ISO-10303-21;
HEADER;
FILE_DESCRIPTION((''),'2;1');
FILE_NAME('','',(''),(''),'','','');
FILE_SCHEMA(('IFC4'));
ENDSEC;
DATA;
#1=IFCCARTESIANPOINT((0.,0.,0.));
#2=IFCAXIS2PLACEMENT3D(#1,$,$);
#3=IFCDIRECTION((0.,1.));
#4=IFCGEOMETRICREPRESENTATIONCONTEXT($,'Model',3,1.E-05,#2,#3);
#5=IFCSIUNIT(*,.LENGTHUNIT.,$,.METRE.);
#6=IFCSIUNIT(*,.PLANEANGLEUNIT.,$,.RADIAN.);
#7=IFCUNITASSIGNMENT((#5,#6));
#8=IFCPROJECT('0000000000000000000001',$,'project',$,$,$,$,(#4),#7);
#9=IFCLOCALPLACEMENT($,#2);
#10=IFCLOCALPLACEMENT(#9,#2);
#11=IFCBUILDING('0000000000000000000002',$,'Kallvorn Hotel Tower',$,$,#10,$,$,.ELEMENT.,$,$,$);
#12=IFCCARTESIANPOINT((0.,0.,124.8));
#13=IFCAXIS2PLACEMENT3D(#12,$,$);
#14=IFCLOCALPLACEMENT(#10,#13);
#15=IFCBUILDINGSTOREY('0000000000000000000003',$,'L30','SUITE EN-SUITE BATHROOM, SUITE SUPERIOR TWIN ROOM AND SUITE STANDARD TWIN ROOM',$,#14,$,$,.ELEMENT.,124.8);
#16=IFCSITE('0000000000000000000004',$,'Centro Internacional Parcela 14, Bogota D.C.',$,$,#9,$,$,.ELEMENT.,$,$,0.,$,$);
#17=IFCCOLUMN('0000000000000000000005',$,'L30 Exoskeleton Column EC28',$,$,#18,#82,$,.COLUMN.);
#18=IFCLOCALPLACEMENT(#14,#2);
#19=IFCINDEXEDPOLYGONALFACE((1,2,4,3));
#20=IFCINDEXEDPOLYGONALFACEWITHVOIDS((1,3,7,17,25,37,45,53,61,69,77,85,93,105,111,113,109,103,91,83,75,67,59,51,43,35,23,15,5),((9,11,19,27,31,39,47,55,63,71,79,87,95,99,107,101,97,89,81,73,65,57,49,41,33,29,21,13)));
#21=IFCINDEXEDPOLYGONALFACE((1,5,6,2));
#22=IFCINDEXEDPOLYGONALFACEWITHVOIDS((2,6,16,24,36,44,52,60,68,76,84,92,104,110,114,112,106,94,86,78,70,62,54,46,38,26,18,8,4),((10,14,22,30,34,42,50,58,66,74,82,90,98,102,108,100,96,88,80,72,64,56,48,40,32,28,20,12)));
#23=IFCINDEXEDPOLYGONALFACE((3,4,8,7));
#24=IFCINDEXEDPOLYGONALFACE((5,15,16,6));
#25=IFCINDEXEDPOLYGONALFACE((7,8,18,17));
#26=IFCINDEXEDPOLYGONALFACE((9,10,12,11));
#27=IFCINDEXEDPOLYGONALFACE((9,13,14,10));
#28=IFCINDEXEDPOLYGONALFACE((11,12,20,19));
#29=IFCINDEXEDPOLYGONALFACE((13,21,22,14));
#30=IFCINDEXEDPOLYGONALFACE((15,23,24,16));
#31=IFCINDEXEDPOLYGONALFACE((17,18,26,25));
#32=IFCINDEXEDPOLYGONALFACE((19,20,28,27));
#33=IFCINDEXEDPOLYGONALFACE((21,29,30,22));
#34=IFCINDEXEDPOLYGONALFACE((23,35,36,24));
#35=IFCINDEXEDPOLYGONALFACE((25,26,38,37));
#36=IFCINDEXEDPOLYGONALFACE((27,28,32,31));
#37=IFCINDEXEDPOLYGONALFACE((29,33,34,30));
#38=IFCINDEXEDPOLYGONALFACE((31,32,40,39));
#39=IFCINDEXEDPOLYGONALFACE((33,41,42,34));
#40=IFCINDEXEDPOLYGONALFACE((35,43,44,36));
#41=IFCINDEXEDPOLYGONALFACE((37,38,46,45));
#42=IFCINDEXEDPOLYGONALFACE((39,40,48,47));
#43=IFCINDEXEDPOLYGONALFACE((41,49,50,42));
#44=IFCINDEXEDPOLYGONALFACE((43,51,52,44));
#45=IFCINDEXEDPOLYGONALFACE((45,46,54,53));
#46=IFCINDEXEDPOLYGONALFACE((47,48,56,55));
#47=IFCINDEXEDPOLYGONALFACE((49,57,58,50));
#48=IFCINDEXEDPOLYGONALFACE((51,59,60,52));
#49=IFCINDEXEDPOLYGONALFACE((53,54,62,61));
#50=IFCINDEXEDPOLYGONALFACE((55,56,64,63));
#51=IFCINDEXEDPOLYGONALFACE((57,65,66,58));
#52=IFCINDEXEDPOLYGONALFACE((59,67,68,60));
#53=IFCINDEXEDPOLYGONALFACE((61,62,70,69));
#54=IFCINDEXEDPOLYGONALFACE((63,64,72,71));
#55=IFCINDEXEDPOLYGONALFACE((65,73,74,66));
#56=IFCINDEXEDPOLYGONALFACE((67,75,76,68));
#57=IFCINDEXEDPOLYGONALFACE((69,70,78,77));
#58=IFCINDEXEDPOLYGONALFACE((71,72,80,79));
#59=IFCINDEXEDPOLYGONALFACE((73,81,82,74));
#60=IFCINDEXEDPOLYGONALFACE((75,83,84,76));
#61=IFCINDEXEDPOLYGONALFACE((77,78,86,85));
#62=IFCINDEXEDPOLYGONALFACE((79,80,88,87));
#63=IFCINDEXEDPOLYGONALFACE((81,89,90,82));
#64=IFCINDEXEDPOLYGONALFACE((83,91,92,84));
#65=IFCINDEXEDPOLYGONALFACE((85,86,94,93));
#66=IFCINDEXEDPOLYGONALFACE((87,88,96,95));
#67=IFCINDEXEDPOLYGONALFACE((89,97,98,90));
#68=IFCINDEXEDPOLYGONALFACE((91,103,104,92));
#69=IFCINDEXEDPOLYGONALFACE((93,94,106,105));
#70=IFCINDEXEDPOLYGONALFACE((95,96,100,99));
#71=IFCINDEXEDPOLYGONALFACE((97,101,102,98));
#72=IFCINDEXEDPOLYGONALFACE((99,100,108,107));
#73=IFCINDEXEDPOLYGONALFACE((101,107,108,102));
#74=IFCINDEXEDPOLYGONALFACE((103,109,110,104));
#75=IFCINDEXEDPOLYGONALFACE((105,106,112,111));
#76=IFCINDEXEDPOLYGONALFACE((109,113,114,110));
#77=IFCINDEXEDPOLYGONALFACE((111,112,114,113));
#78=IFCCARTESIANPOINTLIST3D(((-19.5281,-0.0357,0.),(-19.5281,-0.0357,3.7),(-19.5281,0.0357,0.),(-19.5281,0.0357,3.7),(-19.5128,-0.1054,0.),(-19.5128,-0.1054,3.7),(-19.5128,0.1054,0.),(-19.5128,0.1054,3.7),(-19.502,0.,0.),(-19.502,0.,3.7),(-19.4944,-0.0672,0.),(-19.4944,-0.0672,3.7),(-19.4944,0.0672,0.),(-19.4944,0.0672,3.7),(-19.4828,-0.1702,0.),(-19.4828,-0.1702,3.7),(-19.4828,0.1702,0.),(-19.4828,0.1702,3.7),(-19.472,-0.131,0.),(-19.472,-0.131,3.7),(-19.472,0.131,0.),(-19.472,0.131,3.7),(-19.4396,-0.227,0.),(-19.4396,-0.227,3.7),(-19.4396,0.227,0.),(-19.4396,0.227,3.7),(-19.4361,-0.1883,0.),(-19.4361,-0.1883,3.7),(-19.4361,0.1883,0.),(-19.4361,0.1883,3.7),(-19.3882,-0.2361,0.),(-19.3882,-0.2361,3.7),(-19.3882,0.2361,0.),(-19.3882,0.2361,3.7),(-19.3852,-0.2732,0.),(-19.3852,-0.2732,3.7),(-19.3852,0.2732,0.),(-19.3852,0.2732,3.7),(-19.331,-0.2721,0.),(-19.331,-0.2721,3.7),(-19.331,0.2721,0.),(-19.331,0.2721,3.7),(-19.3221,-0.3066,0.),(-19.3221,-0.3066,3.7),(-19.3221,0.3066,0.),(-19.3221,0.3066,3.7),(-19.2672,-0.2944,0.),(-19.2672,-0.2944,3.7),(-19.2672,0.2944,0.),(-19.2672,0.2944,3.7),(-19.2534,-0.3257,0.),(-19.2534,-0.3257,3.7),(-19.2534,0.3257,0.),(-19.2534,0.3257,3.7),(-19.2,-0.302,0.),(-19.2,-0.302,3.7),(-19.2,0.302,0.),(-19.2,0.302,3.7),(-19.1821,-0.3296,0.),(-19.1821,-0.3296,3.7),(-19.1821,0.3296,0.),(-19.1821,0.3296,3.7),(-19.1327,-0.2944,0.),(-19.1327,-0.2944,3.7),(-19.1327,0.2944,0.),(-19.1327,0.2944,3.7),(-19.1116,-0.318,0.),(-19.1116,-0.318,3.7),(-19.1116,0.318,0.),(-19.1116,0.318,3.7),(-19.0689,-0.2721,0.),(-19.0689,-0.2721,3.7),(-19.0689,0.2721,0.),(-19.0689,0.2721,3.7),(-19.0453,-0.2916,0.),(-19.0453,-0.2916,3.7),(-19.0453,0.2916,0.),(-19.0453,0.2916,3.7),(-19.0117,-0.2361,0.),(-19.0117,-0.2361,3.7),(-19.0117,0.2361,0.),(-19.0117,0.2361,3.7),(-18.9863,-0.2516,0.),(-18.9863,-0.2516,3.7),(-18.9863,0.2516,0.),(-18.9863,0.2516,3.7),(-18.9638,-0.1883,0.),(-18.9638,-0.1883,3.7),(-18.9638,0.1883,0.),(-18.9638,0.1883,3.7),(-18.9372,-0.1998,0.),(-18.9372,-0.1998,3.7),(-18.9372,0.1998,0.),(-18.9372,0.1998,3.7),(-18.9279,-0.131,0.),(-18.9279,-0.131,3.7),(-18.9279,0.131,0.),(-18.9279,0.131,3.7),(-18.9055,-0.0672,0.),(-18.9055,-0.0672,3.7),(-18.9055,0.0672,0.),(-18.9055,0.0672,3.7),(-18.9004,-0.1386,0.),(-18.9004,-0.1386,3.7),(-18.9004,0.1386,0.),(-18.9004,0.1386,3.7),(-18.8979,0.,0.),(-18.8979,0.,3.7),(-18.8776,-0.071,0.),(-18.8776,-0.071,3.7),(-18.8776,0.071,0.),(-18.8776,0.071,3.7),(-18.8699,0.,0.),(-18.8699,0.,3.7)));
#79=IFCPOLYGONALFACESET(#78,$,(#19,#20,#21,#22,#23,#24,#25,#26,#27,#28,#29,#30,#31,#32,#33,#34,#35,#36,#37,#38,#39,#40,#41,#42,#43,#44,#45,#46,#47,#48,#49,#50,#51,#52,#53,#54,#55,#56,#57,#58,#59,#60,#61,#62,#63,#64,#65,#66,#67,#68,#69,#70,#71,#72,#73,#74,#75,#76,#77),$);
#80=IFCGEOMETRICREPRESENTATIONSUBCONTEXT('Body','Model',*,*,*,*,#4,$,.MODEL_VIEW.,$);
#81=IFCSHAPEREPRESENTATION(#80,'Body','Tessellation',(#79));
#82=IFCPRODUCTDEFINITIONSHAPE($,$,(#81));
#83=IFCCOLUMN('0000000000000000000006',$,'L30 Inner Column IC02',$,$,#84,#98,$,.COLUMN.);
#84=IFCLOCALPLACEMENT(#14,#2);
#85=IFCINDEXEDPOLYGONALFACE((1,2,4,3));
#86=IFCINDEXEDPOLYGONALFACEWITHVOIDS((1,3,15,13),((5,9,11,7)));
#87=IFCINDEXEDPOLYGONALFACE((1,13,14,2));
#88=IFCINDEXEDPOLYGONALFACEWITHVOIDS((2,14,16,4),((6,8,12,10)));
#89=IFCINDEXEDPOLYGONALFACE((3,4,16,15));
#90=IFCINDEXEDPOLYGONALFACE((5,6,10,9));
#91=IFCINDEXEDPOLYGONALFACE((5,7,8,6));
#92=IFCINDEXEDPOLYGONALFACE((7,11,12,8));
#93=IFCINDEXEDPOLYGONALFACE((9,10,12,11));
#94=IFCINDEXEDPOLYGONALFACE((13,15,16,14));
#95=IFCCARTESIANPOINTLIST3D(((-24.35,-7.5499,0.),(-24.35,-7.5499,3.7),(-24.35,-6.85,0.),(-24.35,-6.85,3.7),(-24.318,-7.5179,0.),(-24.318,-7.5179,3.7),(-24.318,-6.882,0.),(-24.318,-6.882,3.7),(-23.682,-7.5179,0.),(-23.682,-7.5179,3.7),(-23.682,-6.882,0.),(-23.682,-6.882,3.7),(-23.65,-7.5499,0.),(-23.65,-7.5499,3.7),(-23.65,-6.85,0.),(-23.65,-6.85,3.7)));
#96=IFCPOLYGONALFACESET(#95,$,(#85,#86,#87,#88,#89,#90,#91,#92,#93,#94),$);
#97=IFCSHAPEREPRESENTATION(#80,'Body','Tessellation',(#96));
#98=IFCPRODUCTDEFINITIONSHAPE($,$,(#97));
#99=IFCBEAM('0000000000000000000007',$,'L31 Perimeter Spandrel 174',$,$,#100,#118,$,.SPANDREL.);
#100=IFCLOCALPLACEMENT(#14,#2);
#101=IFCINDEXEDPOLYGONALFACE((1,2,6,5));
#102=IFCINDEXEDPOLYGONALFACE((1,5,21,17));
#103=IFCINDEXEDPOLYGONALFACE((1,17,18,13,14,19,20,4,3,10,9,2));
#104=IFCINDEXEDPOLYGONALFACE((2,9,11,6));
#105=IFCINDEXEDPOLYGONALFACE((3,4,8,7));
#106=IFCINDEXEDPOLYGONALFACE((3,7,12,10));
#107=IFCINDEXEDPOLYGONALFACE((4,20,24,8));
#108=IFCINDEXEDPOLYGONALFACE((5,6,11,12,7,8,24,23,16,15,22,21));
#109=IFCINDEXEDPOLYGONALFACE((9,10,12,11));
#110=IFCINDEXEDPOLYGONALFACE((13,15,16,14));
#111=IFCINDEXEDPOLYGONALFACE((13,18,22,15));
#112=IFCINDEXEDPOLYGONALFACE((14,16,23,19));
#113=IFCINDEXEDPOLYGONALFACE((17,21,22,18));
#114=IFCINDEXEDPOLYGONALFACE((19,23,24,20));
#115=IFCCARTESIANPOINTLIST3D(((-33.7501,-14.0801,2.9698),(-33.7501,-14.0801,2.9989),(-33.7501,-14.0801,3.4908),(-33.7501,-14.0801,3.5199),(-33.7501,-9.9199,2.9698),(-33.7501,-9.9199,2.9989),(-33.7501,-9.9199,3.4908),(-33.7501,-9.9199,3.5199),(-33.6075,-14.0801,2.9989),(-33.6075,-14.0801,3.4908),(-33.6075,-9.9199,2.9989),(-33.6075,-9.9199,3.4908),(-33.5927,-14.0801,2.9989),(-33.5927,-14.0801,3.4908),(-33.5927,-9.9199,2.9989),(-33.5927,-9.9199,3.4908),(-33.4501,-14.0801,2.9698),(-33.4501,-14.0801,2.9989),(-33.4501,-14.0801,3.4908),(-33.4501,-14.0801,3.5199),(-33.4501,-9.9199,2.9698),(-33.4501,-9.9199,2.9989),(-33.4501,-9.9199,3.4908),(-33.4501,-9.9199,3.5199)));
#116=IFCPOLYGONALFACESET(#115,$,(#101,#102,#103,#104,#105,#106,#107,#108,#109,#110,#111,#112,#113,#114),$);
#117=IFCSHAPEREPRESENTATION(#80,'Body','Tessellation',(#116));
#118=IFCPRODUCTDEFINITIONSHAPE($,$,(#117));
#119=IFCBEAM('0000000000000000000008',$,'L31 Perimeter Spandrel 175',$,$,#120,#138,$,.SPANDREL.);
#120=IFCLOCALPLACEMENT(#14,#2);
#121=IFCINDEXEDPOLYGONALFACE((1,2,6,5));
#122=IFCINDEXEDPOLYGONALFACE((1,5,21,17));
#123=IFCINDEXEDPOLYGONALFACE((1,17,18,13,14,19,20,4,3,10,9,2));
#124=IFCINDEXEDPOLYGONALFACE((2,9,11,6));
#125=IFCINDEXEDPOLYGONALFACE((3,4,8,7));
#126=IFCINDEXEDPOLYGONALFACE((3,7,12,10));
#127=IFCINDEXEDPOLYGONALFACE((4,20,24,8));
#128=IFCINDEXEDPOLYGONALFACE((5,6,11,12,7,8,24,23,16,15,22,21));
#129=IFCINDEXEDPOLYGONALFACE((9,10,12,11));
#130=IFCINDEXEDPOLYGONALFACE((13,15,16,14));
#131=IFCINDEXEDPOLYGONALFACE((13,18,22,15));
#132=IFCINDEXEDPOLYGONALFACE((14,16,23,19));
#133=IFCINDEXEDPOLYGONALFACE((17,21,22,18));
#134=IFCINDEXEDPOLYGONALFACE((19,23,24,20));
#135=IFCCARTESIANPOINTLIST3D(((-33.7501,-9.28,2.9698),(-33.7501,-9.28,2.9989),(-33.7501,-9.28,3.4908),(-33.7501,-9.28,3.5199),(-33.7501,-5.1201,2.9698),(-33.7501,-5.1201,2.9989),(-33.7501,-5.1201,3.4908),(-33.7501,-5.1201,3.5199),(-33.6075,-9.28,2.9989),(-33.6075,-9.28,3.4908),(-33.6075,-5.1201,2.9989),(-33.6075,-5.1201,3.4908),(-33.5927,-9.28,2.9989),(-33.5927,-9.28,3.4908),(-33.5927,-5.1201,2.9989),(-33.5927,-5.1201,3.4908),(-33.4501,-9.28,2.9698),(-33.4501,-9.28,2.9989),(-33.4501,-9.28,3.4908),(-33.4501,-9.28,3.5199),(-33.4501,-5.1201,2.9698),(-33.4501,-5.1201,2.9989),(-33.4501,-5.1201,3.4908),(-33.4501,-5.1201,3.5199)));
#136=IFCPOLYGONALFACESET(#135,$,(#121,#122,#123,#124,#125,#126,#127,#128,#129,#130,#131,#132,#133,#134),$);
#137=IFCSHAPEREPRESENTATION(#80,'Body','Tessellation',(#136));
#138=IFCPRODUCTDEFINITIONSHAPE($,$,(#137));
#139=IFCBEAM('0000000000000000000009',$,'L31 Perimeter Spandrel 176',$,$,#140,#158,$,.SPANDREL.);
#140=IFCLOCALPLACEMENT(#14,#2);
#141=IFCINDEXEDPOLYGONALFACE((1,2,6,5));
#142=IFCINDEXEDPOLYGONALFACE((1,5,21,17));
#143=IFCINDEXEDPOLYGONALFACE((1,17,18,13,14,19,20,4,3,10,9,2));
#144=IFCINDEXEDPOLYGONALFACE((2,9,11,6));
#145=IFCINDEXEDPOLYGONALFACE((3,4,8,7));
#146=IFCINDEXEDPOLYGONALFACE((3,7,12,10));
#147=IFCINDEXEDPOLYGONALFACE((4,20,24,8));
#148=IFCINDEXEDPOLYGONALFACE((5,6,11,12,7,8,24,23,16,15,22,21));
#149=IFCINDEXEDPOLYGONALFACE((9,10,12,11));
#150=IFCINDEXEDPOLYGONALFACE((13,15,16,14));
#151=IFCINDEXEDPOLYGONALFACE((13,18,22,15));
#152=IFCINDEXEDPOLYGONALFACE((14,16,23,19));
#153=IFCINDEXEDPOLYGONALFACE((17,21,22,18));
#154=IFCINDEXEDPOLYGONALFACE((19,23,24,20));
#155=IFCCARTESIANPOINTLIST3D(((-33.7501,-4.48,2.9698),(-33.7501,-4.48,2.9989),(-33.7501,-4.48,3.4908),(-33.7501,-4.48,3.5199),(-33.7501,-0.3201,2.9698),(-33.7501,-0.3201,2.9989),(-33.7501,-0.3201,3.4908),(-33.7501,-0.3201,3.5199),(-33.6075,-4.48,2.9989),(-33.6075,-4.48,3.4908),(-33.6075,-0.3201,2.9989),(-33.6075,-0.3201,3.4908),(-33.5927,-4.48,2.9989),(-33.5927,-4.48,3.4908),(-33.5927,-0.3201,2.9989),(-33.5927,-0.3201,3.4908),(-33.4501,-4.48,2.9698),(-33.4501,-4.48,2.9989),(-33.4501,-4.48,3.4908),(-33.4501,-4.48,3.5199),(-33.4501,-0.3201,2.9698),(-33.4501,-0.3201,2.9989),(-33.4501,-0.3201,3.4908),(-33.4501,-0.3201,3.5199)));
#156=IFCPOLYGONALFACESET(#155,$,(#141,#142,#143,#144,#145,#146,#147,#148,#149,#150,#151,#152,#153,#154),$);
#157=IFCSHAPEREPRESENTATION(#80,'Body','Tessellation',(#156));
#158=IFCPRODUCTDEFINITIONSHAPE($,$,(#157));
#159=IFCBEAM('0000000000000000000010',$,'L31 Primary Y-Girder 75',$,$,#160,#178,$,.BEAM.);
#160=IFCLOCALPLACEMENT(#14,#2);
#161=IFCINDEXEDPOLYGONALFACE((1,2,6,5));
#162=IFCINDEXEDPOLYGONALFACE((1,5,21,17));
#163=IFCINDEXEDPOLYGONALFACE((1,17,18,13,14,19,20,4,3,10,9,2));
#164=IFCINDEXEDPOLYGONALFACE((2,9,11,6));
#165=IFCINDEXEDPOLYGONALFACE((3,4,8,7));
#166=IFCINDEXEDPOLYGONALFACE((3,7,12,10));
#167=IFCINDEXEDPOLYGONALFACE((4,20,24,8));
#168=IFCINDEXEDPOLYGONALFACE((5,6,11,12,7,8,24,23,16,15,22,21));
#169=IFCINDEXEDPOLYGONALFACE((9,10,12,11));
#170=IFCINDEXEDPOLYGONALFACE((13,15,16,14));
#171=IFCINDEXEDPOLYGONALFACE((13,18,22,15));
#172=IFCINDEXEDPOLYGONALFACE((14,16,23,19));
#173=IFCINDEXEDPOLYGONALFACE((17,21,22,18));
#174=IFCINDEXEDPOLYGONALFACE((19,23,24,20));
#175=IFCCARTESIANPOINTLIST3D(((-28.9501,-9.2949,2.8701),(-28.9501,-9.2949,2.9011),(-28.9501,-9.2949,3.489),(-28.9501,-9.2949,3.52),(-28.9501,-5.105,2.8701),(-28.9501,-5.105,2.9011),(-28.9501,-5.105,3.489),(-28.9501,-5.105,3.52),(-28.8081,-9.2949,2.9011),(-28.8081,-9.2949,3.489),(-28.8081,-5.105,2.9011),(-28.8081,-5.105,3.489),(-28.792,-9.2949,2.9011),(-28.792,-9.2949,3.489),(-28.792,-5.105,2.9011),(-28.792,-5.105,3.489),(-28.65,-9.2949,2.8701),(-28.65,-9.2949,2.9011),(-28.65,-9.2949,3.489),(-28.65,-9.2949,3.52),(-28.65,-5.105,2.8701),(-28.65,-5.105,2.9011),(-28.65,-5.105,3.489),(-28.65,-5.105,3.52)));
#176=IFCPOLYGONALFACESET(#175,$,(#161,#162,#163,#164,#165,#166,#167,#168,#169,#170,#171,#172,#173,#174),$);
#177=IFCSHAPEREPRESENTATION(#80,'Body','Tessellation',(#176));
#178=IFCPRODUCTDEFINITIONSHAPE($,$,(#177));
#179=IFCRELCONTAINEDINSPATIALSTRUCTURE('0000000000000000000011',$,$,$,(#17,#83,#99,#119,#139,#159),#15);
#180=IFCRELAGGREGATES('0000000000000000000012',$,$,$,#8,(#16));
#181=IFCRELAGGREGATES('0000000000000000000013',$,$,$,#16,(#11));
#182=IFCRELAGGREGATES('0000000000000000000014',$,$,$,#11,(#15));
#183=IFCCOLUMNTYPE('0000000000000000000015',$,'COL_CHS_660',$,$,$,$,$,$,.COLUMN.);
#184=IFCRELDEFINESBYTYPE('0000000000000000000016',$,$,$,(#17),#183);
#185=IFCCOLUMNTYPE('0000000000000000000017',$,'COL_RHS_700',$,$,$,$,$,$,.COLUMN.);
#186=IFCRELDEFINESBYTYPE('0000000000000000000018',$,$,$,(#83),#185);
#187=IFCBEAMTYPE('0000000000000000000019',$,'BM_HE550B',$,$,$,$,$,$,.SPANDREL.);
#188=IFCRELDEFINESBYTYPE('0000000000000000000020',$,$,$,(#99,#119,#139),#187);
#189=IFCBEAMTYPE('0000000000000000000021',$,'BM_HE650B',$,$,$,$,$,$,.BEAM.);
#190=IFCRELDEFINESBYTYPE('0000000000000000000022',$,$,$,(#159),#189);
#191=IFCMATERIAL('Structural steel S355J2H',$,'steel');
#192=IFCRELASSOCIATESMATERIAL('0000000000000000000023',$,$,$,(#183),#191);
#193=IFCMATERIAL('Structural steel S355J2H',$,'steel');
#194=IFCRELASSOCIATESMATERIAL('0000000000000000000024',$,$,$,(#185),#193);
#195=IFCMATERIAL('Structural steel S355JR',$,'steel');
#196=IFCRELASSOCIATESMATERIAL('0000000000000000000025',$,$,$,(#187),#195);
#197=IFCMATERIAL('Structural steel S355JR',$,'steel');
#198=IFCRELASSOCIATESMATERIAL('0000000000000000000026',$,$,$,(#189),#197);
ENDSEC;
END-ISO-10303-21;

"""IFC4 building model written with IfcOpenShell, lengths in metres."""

from ifc_helpers import new_model, si_unit, direction, frame, origin, origin_2d, place, context, subcontext, project, spatial, hollow_rectangle, hollow_circle, i_section, extrude, material, material_profile, profile_set, type_object, element, save


model = new_model("IFC4")

# Units and contexts
model_context = context("Model", 3, precision=1e-05, world=origin(), true_north=direction((0.0, 1.0)))
body_context = subcontext(model_context, "Body", "Model", "MODEL_VIEW")
ifc_project = project(units=[si_unit("LENGTHUNIT", "METRE"), si_unit("PLANEANGLEUNIT", "RADIAN")], contexts=[model_context])

# Site, building, storey
site_placement = place(None, origin())
site = spatial("IfcSite", under=ifc_project, at=site_placement, Name="Centro Internacional Parcela 14, Bogota D.C.", CompositionType="ELEMENT", RefElevation=0.0)
building_placement = place(site_placement, origin())
building = spatial("IfcBuilding", under=site, at=building_placement, Name="Kallvorn Hotel Tower", CompositionType="ELEMENT")
storey_placement = place(building_placement, frame((0.0, 0.0, 124.8)))
storey = spatial("IfcBuildingStorey", under=building, at=storey_placement, Name="L30", Description="SUITE EN-SUITE BATHROOM, SUITE SUPERIOR TWIN ROOM AND SUITE STANDARD TWIN ROOM", CompositionType="ELEMENT", Elevation=124.8)

# Columns
ifc_material_1 = material(Name="Structural steel S355J2H", Category="steel")
ifc_material_profile_1 = material_profile(ifc_material_1, hollow_circle(Radius=0.3301, WallThickness=0.0281, at=origin_2d()), Name="CHS 660x28")
ifc_profile_set_1 = profile_set([ifc_material_profile_1], Name="Structural steel S355J2H")
column_type_1 = type_object("IfcColumnType", Name="COL_CHS_660", PredefinedType="COLUMN", material=ifc_profile_set_1)
for number, where, z_axis, x_axis, name in (
    (1, (-19.2, 0.0, 0.0), (0.0, 0.0, 1.0), (1.0, 0.0, 0.0), "L30 Exoskeleton Column EC28"),
):
    element("IfcColumn", number, at=place(storey_placement, frame(where, z_axis=z_axis, x_axis=x_axis)), inside=storey, type_object=column_type_1, Name=name, PredefinedType="COLUMN", context=body_context, shape_type="SweptSolid", body=[
        extrude(hollow_circle(Radius=0.3301, WallThickness=0.0281, at=origin_2d()), origin(), (0.0, 0.0, 1.0), 3.7),
    ])
ifc_material_2 = material(Name="Structural steel S355J2H", Category="steel")
ifc_material_profile_2 = material_profile(ifc_material_2, hollow_rectangle(XDim=0.7, YDim=0.7, WallThickness=0.032, at=origin_2d()), Name="RHS 700x700x32")
ifc_profile_set_2 = profile_set([ifc_material_profile_2], Name="Structural steel S355J2H")
column_type_2 = type_object("IfcColumnType", Name="COL_RHS_700", PredefinedType="COLUMN", material=ifc_profile_set_2)
column_placement = place(storey_placement, frame((-24.0, -7.2, 0.0), z_axis=(0.0, 0.0, 1.0), x_axis=(1.0, 0.0, 0.0)))
element("IfcColumn", 2, at=column_placement, inside=storey, type_object=column_type_2, Name="L30 Inner Column IC02", PredefinedType="COLUMN", context=body_context, shape_type="SweptSolid", body=[
    extrude(hollow_rectangle(XDim=0.7, YDim=0.7, WallThickness=0.032, at=origin_2d()), origin(), (0.0, 0.0, 1.0), 3.7),
])

# Beams
ifc_material_3 = material(Name="Structural steel S355JR", Category="steel")
ifc_material_profile_3 = material_profile(ifc_material_3, i_section(OverallWidth=0.3, OverallDepth=0.55, WebThickness=0.0149, FlangeThickness=0.0291, at=origin_2d()), Name="HE 550 B")
ifc_profile_set_3 = profile_set([ifc_material_profile_3], Name="Structural steel S355JR")
beam_type_1 = type_object("IfcBeamType", Name="BM_HE550B", PredefinedType="SPANDREL", material=ifc_profile_set_3)
beam_1_placement = place(storey_placement, frame((-33.6001, -14.0801, 3.2449), z_axis=(0.0, 1.0, 0.0), x_axis=(-1.0, 0.0, 0.0)))
element("IfcBeam", 3, at=beam_1_placement, inside=storey, type_object=beam_type_1, Name="L31 Perimeter Spandrel 174", PredefinedType="SPANDREL", context=body_context, shape_type="SweptSolid", body=[
    extrude(i_section(OverallWidth=0.3, OverallDepth=0.55, WebThickness=0.0149, FlangeThickness=0.0291, at=origin_2d()), origin(), (0.0, 0.0, 1.0), 4.1602),
])
for number, where, z_axis, x_axis, name in (
    (4, (-33.6001, -9.28, 3.2449), (0.0, 1.0, 0.0), (-1.0, 0.0, 0.0), "L31 Perimeter Spandrel 175"),
    (5, (-33.6001, -4.48, 3.2449), (0.0, 1.0, 0.0), (-1.0, 0.0, 0.0), "L31 Perimeter Spandrel 176"),
):
    element("IfcBeam", number, at=place(storey_placement, frame(where, z_axis=z_axis, x_axis=x_axis)), inside=storey, type_object=beam_type_1, Name=name, PredefinedType="SPANDREL", context=body_context, shape_type="SweptSolid", body=[
        extrude(i_section(OverallWidth=0.3, OverallDepth=0.55, WebThickness=0.0149, FlangeThickness=0.0291, at=origin_2d()), origin(), (0.0, 0.0, 1.0), 4.1599),
    ])
ifc_material_4 = material(Name="Structural steel S355JR", Category="steel")
ifc_material_profile_4 = material_profile(ifc_material_4, i_section(OverallWidth=0.3, OverallDepth=0.6499, WebThickness=0.0161, FlangeThickness=0.031, at=origin_2d()), Name="HE 650 B")
ifc_profile_set_4 = profile_set([ifc_material_profile_4], Name="Structural steel S355JR")
beam_type_2 = type_object("IfcBeamType", Name="BM_HE650B", PredefinedType="BEAM", material=ifc_profile_set_4)
beam_2_placement = place(storey_placement, frame((-28.8, -9.2949, 3.1951), z_axis=(0.0, 1.0, 0.0), x_axis=(-1.0, 0.0, 0.0)))
element("IfcBeam", 6, at=beam_2_placement, inside=storey, type_object=beam_type_2, Name="L31 Primary Y-Girder 75", PredefinedType="BEAM", context=body_context, shape_type="SweptSolid", body=[
    extrude(i_section(OverallWidth=0.3, OverallDepth=0.6499, WebThickness=0.0161, FlangeThickness=0.031, at=origin_2d()), origin(), (0.0, 0.0, 1.0), 4.1899),
])

save(model, "model.ifc")
